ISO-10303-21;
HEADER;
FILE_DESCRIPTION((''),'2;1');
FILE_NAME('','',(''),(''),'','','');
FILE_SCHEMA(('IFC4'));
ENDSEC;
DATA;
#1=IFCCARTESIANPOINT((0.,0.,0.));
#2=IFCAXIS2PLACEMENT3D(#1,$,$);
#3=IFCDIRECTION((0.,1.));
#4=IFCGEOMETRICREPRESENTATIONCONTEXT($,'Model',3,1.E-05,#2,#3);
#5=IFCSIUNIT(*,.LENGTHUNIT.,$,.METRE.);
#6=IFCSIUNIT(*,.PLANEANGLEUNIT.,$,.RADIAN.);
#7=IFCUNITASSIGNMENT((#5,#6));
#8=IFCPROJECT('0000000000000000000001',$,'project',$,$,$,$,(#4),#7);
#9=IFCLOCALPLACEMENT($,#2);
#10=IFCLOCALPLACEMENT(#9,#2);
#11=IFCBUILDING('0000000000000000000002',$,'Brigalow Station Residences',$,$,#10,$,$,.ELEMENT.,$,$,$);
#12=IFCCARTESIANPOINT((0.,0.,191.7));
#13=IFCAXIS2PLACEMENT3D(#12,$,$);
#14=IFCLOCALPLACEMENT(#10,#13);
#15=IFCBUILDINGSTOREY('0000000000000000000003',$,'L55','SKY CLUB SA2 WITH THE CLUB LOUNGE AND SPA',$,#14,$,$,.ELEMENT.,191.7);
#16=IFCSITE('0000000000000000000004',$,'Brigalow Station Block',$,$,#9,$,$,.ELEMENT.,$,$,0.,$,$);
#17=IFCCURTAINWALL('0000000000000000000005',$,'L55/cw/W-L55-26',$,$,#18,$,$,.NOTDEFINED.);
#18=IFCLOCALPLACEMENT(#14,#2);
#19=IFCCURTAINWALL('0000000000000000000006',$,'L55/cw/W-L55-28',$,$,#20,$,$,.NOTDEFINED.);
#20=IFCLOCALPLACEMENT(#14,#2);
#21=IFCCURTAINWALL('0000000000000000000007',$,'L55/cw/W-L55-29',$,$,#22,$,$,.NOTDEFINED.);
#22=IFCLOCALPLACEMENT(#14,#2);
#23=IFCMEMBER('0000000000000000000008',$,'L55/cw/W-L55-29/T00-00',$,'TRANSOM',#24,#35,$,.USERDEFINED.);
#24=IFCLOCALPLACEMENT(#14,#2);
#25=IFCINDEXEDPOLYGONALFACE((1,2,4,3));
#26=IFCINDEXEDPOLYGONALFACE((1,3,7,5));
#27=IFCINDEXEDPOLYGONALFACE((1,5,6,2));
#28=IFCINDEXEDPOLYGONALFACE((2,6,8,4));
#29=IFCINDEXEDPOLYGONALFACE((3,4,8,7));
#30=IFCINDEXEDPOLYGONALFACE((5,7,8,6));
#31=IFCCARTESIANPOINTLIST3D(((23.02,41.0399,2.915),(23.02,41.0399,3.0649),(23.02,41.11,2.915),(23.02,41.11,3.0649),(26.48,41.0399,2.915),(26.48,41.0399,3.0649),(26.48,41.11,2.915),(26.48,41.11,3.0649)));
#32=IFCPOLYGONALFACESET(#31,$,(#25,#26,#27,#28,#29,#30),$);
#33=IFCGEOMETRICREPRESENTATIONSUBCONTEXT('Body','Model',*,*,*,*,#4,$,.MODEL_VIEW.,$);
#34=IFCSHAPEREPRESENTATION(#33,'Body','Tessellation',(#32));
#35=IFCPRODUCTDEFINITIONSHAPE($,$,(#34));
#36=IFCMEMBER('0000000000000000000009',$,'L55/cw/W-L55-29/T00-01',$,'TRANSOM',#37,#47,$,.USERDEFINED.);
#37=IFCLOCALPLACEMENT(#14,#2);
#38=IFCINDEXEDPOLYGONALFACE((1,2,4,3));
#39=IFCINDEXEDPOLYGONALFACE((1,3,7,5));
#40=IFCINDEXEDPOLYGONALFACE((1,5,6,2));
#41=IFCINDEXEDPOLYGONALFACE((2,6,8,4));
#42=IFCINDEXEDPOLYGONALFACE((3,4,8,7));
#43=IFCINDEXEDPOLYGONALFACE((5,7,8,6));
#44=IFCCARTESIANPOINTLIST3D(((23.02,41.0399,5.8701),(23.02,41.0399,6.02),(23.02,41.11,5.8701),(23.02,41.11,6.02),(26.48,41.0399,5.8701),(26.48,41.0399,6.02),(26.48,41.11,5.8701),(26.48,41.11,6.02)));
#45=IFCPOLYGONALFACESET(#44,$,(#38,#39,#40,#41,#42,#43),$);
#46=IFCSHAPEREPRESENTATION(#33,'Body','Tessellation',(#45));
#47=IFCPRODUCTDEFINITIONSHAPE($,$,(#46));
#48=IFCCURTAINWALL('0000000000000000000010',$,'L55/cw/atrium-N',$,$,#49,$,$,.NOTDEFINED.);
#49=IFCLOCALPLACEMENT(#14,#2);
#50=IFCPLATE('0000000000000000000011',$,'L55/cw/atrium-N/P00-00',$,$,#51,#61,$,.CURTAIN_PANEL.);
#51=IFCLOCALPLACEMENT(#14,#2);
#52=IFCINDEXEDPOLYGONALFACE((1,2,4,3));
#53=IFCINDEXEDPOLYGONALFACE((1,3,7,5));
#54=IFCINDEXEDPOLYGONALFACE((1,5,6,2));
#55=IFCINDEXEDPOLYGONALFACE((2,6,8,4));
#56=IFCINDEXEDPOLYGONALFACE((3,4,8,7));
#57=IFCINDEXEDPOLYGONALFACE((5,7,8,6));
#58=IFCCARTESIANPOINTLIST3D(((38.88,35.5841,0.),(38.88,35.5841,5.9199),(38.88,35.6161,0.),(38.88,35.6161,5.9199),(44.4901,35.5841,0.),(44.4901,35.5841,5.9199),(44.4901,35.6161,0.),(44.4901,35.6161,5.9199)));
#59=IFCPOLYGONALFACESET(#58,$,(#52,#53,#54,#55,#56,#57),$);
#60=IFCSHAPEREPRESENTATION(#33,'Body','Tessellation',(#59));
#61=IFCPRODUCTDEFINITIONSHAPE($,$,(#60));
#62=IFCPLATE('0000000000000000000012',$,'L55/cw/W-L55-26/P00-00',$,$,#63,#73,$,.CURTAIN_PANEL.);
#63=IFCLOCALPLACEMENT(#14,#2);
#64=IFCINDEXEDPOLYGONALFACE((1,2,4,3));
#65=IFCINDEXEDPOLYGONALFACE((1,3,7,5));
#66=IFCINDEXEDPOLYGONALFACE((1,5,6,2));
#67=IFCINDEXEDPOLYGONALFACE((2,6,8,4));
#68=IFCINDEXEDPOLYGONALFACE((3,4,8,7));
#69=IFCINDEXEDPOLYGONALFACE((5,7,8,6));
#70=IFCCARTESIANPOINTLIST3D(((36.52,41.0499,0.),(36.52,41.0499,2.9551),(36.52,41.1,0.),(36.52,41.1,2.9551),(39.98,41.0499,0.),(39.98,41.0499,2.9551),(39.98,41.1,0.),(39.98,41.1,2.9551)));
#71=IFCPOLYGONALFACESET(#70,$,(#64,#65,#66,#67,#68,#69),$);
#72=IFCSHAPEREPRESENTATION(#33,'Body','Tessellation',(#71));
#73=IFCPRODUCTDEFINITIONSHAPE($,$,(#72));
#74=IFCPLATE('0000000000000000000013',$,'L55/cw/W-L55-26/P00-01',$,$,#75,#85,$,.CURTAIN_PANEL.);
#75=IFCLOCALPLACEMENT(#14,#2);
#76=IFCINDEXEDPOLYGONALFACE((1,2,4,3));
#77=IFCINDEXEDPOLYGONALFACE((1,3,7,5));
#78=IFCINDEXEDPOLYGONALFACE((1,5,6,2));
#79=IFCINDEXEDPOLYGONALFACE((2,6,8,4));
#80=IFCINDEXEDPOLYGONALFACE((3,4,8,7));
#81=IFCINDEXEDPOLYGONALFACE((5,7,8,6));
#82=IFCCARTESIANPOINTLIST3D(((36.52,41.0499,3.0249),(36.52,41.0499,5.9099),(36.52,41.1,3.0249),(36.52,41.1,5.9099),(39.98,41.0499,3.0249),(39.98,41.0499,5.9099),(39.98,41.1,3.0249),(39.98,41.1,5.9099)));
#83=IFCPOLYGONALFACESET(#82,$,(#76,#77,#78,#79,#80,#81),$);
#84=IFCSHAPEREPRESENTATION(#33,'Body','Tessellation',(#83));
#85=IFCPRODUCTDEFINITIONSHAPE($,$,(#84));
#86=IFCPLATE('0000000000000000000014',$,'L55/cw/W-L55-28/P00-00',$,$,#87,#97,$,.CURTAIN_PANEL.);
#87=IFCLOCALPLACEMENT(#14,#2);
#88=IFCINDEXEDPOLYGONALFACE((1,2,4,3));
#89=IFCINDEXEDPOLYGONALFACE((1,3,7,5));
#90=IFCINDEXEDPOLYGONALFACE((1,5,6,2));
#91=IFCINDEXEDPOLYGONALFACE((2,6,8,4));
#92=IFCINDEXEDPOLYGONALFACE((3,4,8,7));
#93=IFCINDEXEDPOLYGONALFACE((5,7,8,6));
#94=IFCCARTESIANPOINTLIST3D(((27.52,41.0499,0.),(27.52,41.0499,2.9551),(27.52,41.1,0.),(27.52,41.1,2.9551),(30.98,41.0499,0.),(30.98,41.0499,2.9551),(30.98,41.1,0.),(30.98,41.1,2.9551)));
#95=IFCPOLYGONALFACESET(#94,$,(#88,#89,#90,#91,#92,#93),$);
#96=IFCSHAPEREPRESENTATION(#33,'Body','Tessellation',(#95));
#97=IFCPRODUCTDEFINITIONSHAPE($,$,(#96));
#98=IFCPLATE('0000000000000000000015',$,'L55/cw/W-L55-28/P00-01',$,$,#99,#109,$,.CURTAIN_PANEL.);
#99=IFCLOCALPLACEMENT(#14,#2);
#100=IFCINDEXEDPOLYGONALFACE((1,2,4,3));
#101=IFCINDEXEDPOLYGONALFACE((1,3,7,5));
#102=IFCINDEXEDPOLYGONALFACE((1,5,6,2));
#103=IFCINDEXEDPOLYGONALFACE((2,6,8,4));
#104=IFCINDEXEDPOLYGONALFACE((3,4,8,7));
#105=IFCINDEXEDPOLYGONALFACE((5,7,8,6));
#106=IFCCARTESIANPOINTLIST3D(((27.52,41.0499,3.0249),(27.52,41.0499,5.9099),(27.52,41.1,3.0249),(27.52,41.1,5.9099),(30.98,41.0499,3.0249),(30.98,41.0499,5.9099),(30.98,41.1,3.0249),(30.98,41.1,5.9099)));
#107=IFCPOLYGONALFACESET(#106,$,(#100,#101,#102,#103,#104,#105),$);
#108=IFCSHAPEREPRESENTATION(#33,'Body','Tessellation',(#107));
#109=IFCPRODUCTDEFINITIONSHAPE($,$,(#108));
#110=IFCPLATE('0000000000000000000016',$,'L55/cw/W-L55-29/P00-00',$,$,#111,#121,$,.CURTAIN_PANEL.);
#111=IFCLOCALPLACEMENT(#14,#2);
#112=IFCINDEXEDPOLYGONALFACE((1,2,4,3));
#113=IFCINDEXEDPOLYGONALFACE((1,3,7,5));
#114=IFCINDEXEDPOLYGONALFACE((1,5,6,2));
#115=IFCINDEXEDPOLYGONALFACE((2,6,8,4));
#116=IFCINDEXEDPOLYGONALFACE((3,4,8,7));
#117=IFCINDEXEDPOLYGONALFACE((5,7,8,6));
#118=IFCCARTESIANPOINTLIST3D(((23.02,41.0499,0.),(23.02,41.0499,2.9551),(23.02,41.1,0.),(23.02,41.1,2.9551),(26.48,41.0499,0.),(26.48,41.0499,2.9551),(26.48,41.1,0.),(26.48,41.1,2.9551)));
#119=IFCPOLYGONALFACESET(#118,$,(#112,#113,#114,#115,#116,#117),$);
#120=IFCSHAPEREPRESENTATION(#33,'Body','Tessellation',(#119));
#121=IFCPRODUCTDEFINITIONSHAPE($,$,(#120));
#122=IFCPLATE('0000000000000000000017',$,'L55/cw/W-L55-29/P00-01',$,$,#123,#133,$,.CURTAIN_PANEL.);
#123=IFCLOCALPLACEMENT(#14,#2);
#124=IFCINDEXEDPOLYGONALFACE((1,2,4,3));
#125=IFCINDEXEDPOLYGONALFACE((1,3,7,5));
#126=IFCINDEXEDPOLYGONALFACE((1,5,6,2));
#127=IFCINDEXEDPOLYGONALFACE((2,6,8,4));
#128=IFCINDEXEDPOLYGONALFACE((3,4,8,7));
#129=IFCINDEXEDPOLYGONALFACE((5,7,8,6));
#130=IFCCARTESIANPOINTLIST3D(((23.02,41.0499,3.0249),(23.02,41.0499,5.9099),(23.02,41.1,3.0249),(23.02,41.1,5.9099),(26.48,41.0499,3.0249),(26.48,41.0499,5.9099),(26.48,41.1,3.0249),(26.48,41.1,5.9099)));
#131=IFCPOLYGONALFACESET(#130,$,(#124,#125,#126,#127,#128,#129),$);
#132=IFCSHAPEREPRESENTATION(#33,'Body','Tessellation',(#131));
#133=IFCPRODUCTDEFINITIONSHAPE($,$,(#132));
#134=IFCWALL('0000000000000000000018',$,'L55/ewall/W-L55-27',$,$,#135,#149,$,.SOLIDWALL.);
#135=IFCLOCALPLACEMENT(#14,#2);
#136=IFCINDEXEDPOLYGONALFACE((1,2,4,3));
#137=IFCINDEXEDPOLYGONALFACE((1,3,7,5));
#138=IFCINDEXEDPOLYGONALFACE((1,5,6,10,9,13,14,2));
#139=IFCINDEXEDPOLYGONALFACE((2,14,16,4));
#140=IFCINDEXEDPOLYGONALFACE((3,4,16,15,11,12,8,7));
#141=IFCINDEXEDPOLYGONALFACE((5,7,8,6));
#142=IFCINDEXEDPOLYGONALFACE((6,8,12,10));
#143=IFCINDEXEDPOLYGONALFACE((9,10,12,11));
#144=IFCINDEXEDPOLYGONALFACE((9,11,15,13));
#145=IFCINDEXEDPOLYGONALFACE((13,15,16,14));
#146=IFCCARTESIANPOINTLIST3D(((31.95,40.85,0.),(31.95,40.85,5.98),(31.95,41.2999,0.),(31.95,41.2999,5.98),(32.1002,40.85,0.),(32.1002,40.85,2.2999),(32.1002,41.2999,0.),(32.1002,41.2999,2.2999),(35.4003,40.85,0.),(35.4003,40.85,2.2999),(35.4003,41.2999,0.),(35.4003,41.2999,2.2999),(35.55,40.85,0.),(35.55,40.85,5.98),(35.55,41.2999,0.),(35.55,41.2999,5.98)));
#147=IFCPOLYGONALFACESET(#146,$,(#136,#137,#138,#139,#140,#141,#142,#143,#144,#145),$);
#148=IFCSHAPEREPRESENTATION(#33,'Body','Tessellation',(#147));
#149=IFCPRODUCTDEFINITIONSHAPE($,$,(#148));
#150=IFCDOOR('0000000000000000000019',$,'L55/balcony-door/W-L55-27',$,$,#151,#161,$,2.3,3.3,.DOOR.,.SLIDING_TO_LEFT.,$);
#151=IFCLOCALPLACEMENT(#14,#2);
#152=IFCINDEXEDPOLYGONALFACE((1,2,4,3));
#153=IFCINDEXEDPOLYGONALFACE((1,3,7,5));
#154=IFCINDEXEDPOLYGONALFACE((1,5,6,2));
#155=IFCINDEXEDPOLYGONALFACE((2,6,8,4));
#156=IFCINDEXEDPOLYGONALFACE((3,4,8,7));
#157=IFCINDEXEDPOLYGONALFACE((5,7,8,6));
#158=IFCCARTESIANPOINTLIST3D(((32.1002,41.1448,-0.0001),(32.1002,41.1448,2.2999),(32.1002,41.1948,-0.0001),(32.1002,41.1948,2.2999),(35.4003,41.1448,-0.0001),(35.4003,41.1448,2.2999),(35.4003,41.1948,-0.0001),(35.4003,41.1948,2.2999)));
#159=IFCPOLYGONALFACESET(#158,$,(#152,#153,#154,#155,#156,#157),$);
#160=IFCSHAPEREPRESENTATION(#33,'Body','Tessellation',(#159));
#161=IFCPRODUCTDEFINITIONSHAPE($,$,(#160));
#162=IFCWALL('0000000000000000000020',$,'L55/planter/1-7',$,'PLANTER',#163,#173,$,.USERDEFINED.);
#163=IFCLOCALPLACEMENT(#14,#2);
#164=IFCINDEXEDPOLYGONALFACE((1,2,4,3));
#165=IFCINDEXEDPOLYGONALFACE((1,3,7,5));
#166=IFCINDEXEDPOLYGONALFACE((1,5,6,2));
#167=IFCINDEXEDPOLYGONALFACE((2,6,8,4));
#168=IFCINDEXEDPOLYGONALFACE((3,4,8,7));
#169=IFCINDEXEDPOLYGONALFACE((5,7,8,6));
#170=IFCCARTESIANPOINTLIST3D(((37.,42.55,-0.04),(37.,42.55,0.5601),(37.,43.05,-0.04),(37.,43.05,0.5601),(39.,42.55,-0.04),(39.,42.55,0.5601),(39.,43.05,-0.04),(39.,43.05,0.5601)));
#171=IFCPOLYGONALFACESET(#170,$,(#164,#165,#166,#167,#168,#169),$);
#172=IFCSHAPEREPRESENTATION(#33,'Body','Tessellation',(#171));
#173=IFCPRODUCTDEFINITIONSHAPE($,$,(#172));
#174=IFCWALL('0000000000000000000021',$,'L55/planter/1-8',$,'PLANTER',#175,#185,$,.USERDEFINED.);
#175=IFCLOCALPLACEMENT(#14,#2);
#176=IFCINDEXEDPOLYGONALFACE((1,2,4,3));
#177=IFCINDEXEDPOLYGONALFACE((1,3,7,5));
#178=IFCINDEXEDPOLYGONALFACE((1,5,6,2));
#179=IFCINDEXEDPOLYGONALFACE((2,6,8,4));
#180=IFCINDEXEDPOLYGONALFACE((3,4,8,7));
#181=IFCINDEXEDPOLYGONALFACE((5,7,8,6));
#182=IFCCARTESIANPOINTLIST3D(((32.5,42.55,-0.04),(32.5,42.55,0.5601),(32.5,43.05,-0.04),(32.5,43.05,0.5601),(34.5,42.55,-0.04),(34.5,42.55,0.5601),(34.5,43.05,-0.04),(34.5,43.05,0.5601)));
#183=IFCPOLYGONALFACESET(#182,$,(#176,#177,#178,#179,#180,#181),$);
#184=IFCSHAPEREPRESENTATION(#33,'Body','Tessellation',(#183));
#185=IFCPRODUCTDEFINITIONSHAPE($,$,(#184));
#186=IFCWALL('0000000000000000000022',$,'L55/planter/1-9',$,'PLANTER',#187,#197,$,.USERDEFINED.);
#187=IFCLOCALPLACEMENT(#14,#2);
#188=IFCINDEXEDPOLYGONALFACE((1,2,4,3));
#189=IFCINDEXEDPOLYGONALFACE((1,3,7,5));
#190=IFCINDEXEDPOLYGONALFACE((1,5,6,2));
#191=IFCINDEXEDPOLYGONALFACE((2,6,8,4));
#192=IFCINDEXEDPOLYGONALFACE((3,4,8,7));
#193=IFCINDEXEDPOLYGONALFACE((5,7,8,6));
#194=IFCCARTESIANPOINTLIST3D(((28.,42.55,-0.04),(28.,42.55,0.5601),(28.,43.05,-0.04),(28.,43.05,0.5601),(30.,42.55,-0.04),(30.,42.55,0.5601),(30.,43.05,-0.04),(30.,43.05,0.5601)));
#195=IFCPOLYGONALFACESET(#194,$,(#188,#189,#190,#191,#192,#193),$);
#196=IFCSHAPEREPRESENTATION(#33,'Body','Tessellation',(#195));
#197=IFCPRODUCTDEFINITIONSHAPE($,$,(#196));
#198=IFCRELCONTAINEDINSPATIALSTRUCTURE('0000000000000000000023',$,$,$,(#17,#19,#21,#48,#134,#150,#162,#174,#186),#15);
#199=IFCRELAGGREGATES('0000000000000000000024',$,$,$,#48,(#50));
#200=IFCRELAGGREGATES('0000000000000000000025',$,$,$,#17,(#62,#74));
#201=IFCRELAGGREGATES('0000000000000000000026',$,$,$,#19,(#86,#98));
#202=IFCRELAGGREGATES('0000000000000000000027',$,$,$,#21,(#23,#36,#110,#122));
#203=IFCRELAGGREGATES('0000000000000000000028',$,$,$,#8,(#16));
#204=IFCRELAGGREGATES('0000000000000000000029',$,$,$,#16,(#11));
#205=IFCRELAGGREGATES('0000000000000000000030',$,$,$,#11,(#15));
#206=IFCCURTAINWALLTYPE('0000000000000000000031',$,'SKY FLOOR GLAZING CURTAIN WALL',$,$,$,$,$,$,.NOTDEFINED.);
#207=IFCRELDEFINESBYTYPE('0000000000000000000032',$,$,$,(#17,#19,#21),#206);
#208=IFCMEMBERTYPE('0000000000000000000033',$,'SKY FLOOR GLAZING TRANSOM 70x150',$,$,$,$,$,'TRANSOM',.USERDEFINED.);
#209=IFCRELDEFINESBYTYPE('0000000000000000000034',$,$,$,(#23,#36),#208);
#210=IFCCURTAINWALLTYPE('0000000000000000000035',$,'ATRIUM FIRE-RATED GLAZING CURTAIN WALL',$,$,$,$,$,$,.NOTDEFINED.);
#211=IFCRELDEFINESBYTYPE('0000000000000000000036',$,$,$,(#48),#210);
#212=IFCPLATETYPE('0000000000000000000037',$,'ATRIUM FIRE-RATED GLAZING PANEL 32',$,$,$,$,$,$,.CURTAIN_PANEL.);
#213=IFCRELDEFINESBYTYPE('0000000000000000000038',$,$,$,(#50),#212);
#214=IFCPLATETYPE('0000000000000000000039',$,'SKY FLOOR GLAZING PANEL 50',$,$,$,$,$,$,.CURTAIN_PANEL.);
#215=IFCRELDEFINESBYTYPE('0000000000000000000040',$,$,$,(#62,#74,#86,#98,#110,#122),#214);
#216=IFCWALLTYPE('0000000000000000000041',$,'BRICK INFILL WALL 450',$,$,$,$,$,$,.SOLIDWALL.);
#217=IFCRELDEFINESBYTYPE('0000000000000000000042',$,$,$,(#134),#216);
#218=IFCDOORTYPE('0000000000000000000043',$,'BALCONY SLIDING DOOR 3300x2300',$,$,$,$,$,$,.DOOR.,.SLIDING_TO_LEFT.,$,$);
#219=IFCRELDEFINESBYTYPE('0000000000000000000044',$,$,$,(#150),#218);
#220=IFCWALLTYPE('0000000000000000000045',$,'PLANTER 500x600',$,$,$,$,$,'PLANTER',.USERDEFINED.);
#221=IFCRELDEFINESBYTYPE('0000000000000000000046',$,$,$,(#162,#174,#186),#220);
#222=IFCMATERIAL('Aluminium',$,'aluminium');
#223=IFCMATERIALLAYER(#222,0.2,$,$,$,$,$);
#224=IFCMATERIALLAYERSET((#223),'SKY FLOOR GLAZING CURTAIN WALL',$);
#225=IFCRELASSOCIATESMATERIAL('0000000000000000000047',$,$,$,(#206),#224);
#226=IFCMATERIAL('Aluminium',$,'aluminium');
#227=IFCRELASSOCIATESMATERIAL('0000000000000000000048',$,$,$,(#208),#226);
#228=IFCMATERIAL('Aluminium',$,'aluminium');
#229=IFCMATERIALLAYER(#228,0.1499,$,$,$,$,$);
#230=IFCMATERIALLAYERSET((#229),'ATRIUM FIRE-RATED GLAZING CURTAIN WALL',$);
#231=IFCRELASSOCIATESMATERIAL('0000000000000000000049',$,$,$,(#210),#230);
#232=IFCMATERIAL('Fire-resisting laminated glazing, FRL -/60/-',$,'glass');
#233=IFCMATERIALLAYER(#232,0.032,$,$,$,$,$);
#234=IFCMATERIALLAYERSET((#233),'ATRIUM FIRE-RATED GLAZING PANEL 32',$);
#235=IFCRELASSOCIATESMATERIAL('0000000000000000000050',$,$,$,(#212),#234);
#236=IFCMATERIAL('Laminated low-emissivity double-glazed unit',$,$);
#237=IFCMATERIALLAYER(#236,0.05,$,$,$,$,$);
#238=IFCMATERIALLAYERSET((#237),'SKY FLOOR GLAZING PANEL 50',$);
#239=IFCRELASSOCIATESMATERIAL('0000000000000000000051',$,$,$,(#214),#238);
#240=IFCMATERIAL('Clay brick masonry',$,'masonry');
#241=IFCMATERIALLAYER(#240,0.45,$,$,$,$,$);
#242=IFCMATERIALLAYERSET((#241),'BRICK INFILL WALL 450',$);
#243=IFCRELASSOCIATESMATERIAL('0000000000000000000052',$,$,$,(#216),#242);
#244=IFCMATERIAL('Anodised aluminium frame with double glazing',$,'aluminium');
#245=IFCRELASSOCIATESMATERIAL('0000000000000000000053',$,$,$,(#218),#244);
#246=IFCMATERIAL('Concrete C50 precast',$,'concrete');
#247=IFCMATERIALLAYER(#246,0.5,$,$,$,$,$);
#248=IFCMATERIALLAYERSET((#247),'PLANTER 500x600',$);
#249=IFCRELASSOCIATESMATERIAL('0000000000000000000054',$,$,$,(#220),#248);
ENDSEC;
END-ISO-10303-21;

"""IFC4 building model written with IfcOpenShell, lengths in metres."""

from ifc_helpers import new_model, si_unit, direction, frame, frame_2d, origin, origin_2d, place, context, subcontext, project, spatial, rectangle, extrude, material, layer, layer_set, material_profile, profile_set, type_object, element, fill, aggregate, save


model = new_model("IFC4")

# Units and contexts
model_context = context("Model", 3, precision=1e-05, world=origin(), true_north=direction((0.0, 1.0)))
body_context = subcontext(model_context, "Body", "Model", "MODEL_VIEW")
ifc_project = project(units=[si_unit("LENGTHUNIT", "METRE"), si_unit("PLANEANGLEUNIT", "RADIAN")], contexts=[model_context])

# Site, building, storey
site_placement = place(None, origin())
site = spatial("IfcSite", under=ifc_project, at=site_placement, Name="Brigalow Station Block", CompositionType="ELEMENT", RefElevation=0.0)
building_placement = place(site_placement, origin())
building = spatial("IfcBuilding", under=site, at=building_placement, Name="Brigalow Station Residences", CompositionType="ELEMENT")
storey_placement = place(building_placement, frame((0.0, 0.0, 191.7)))
storey = spatial("IfcBuildingStorey", under=building, at=storey_placement, Name="L55", Description="SKY CLUB SA2 WITH THE CLUB LOUNGE AND SPA", CompositionType="ELEMENT", Elevation=191.7)

# Shared definitions
ifc_material_1 = material(Name="Aluminium", Category="aluminium")
ifc_layer_1 = layer(ifc_material_1, 0.2)
ifc_layer_set_1 = layer_set([ifc_layer_1], Name="SKY FLOOR GLAZING CURTAIN WALL")
curtain_wall_type_1 = type_object("IfcCurtainWallType", Name="SKY FLOOR GLAZING CURTAIN WALL", PredefinedType="NOTDEFINED", material=ifc_layer_set_1)

# Curtain walls
curtain_wall_1_placement = place(storey_placement, origin())
curtain_wall_1 = element("IfcCurtainWall", 1, at=curtain_wall_1_placement, inside=storey, type_object=curtain_wall_type_1, Name="L55/cw/W-L55-26", PredefinedType="NOTDEFINED")
curtain_wall_2_placement = place(storey_placement, origin())
curtain_wall_2 = element("IfcCurtainWall", 2, at=curtain_wall_2_placement, inside=storey, type_object=curtain_wall_type_1, Name="L55/cw/W-L55-28", PredefinedType="NOTDEFINED")

# Curtain wall
curtain_wall_3_placement = place(storey_placement, origin())
curtain_wall_3 = element("IfcCurtainWall", 3, at=curtain_wall_3_placement, inside=storey, type_object=curtain_wall_type_1, Name="L55/cw/W-L55-29", PredefinedType="NOTDEFINED")

# Members
ifc_material_2 = material(Name="Aluminium", Category="aluminium")
ifc_material_profile_1 = material_profile(ifc_material_2, rectangle(XDim=0.0701, YDim=0.1499, at=origin_2d()), Name="SKY FLOOR GLAZING TRANSOM 70x150")
ifc_profile_set_1 = profile_set([ifc_material_profile_1], Name="Aluminium")
member_type_1 = type_object("IfcMemberType", Name="SKY FLOOR GLAZING TRANSOM 70x150", ElementType="TRANSOM", PredefinedType="USERDEFINED", material=ifc_profile_set_1)
member_1_placement = place(storey_placement, frame((26.48, 41.075, 2.99), z_axis=(-1.0, 0.0, 0.0), x_axis=(0.0, -1.0, 0.0)))
member_1 = element("IfcMember", 4, at=member_1_placement, type_object=member_type_1, Name="L55/cw/W-L55-29/T00-00", ObjectType="TRANSOM", PredefinedType="USERDEFINED", context=body_context, shape_type="SweptSolid", body=[
    extrude(rectangle(XDim=0.0701, YDim=0.1499, at=origin_2d()), origin(), (0.0, 0.0, 1.0), 3.46),
])
member_2_placement = place(storey_placement, frame((26.48, 41.075, 5.9451), z_axis=(-1.0, 0.0, 0.0), x_axis=(0.0, -1.0, 0.0)))
member_2 = element("IfcMember", 5, at=member_2_placement, type_object=member_type_1, Name="L55/cw/W-L55-29/T00-01", ObjectType="TRANSOM", PredefinedType="USERDEFINED", context=body_context, shape_type="SweptSolid", body=[
    extrude(rectangle(XDim=0.0701, YDim=0.1499, at=origin_2d()), origin(), (0.0, 0.0, 1.0), 3.46),
])

# Curtain wall, plate
ifc_material_3 = material(Name="Aluminium", Category="aluminium")
ifc_layer_2 = layer(ifc_material_3, 0.1499)
ifc_layer_set_2 = layer_set([ifc_layer_2], Name="ATRIUM FIRE-RATED GLAZING CURTAIN WALL")
curtain_wall_type_2 = type_object("IfcCurtainWallType", Name="ATRIUM FIRE-RATED GLAZING CURTAIN WALL", PredefinedType="NOTDEFINED", material=ifc_layer_set_2)
curtain_wall_4_placement = place(storey_placement, origin())
curtain_wall_4 = element("IfcCurtainWall", 6, at=curtain_wall_4_placement, inside=storey, type_object=curtain_wall_type_2, Name="L55/cw/atrium-N", PredefinedType="NOTDEFINED")
ifc_material_4 = material(Name="Fire-resisting laminated glazing, FRL -/60/-", Category="glass")
ifc_layer_3 = layer(ifc_material_4, 0.032)
ifc_layer_set_3 = layer_set([ifc_layer_3], Name="ATRIUM FIRE-RATED GLAZING PANEL 32")
plate_type_1 = type_object("IfcPlateType", Name="ATRIUM FIRE-RATED GLAZING PANEL 32", PredefinedType="CURTAIN_PANEL", material=ifc_layer_set_3)
plate_1_placement = place(storey_placement, frame((41.6851, 35.6001, 0.0), z_axis=(0.0, 0.0, 1.0), x_axis=(-1.0, 0.0, 0.0)))
plate_1 = element("IfcPlate", 7, at=plate_1_placement, type_object=plate_type_1, Name="L55/cw/atrium-N/P00-00", PredefinedType="CURTAIN_PANEL", context=body_context, shape_type="SweptSolid", body=[
    extrude(rectangle(XDim=5.6101, YDim=0.032, at=origin_2d()), origin(), (0.0, 0.0, 1.0), 5.9199),
])
aggregate(curtain_wall_4, [plate_1])

# Plates
ifc_material_5 = material(Name="Laminated low-emissivity double-glazed unit")
ifc_layer_4 = layer(ifc_material_5, 0.05)
ifc_layer_set_4 = layer_set([ifc_layer_4], Name="SKY FLOOR GLAZING PANEL 50")
plate_type_2 = type_object("IfcPlateType", Name="SKY FLOOR GLAZING PANEL 50", PredefinedType="CURTAIN_PANEL", material=ifc_layer_set_4)
plate_2_placement = place(storey_placement, frame((38.25, 41.075, 0.0), z_axis=(0.0, 0.0, 1.0), x_axis=(-1.0, 0.0, 0.0)))
plate_2 = element("IfcPlate", 8, at=plate_2_placement, type_object=plate_type_2, Name="L55/cw/W-L55-26/P00-00", PredefinedType="CURTAIN_PANEL", context=body_context, shape_type="SweptSolid", body=[
    extrude(rectangle(XDim=3.46, YDim=0.05, at=origin_2d()), origin(), (0.0, 0.0, 1.0), 2.9551),
])
plate_3_placement = place(storey_placement, frame((38.25, 41.075, 3.0249), z_axis=(0.0, 0.0, 1.0), x_axis=(-1.0, 0.0, 0.0)))
plate_3 = element("IfcPlate", 9, at=plate_3_placement, type_object=plate_type_2, Name="L55/cw/W-L55-26/P00-01", PredefinedType="CURTAIN_PANEL", context=body_context, shape_type="SweptSolid", body=[
    extrude(rectangle(XDim=3.46, YDim=0.05, at=origin_2d()), origin(), (0.0, 0.0, 1.0), 2.885),
])
aggregate(curtain_wall_1, [plate_2, plate_3])
plate_4_placement = place(storey_placement, frame((29.25, 41.075, 0.0), z_axis=(0.0, 0.0, 1.0), x_axis=(-1.0, 0.0, 0.0)))
plate_4 = element("IfcPlate", 10, at=plate_4_placement, type_object=plate_type_2, Name="L55/cw/W-L55-28/P00-00", PredefinedType="CURTAIN_PANEL", context=body_context, shape_type="SweptSolid", body=[
    extrude(rectangle(XDim=3.46, YDim=0.05, at=origin_2d()), origin(), (0.0, 0.0, 1.0), 2.9551),
])
plate_5_placement = place(storey_placement, frame((29.25, 41.075, 3.0249), z_axis=(0.0, 0.0, 1.0), x_axis=(-1.0, 0.0, 0.0)))
plate_5 = element("IfcPlate", 11, at=plate_5_placement, type_object=plate_type_2, Name="L55/cw/W-L55-28/P00-01", PredefinedType="CURTAIN_PANEL", context=body_context, shape_type="SweptSolid", body=[
    extrude(rectangle(XDim=3.46, YDim=0.05, at=origin_2d()), origin(), (0.0, 0.0, 1.0), 2.885),
])
aggregate(curtain_wall_2, [plate_4, plate_5])
plate_6_placement = place(storey_placement, frame((24.75, 41.075, 0.0), z_axis=(0.0, 0.0, 1.0), x_axis=(-1.0, 0.0, 0.0)))
plate_6 = element("IfcPlate", 12, at=plate_6_placement, type_object=plate_type_2, Name="L55/cw/W-L55-29/P00-00", PredefinedType="CURTAIN_PANEL", context=body_context, shape_type="SweptSolid", body=[
    extrude(rectangle(XDim=3.46, YDim=0.05, at=origin_2d()), origin(), (0.0, 0.0, 1.0), 2.9551),
])
plate_7_placement = place(storey_placement, frame((24.75, 41.075, 3.0249), z_axis=(0.0, 0.0, 1.0), x_axis=(-1.0, 0.0, 0.0)))
plate_7 = element("IfcPlate", 13, at=plate_7_placement, type_object=plate_type_2, Name="L55/cw/W-L55-29/P00-01", PredefinedType="CURTAIN_PANEL", context=body_context, shape_type="SweptSolid", body=[
    extrude(rectangle(XDim=3.46, YDim=0.05, at=origin_2d()), origin(), (0.0, 0.0, 1.0), 2.885),
])
aggregate(curtain_wall_3, [member_1, member_2, plate_6, plate_7])

# Wall, opening, door
ifc_material_6 = material(Name="Clay brick masonry", Category="masonry")
ifc_layer_5 = layer(ifc_material_6, 0.45)
ifc_layer_set_5 = layer_set([ifc_layer_5], Name="BRICK INFILL WALL 450")
wall_type_1 = type_object("IfcWallType", Name="BRICK INFILL WALL 450", PredefinedType="SOLIDWALL", material=ifc_layer_set_5)
wall_placement = place(storey_placement, frame((35.55, 41.075, 0.0), z_axis=(0.0, 0.0, 1.0), x_axis=(-1.0, 0.0, 0.0)))
wall = element("IfcWall", 14, at=wall_placement, inside=storey, type_object=wall_type_1, Name="L55/ewall/W-L55-27", PredefinedType="SOLIDWALL", context=body_context, shape_type="SweptSolid", body=[
    extrude(rectangle(XDim=3.6001, YDim=0.45, at=frame_2d((1.8, 0.0))), origin(), (0.0, 0.0, 1.0), 5.98),
])
opening_placement = place(wall_placement, frame((0.1499, 0.0, 0.0)))
opening = element("IfcOpeningElement", 15, at=opening_placement, cuts=wall, PredefinedType="OPENING", context=body_context, shape_type="SweptSolid", body=[
    extrude(rectangle(XDim=3.3, YDim=2.3, at=frame_2d((1.6499, 1.1499))), frame((0.0, 0.2349, 0.0), z_axis=(0.0, -1.0, 0.0), x_axis=(1.0, 0.0, 0.0)), (0.0, 0.0, 1.0), 0.47),
])
ifc_material_7 = material(Name="Anodised aluminium frame with double glazing", Category="aluminium")
door_type = type_object("IfcDoorType", Name="BALCONY SLIDING DOOR 3300x2300", OperationType="SLIDING_TO_LEFT", PredefinedType="DOOR", material=ifc_material_7)
door_placement = place(opening_placement, origin())
door = element("IfcDoor", 16, at=door_placement, inside=storey, type_object=door_type, Name="L55/balcony-door/W-L55-27", OperationType="SLIDING_TO_LEFT", OverallHeight=2.3, OverallWidth=3.3, PredefinedType="DOOR", context=body_context, shape_type="SweptSolid", body=[
    extrude(rectangle(XDim=3.3, YDim=2.3, at=frame_2d((1.6499, 1.1499))), frame((0.0, -0.0698, 0.0), z_axis=(0.0, -1.0, 0.0), x_axis=(1.0, 0.0, 0.0)), (0.0, 0.0, 1.0), 0.05),
])
fill(opening, door)

# Walls
ifc_material_8 = material(Name="Concrete C50 precast", Category="concrete")
ifc_layer_6 = layer(ifc_material_8, 0.5)
ifc_layer_set_6 = layer_set([ifc_layer_6], Name="PLANTER 500x600")
wall_type_2 = type_object("IfcWallType", Name="PLANTER 500x600", ElementType="PLANTER", PredefinedType="USERDEFINED", material=ifc_layer_set_6)
for number, where, z_axis, x_axis, name in (
    (17, (39.0, 42.8, -0.04), (0.0, 0.0, 1.0), (-1.0, 0.0, 0.0), "L55/planter/1-7"),
    (18, (34.5, 42.8, -0.04), (0.0, 0.0, 1.0), (-1.0, 0.0, 0.0), "L55/planter/1-8"),
    (19, (30.0, 42.8, -0.04), (0.0, 0.0, 1.0), (-1.0, 0.0, 0.0), "L55/planter/1-9"),
):
    element("IfcWall", number, at=place(storey_placement, frame(where, z_axis=z_axis, x_axis=x_axis)), inside=storey, type_object=wall_type_2, Name=name, ObjectType="PLANTER", PredefinedType="USERDEFINED", context=body_context, shape_type="SweptSolid", body=[
        extrude(rectangle(XDim=2.0, YDim=0.5, at=frame_2d((1.0, 0.0))), origin(), (0.0, 0.0, 1.0), 0.6001),
    ])

save(model, "model.ifc")
